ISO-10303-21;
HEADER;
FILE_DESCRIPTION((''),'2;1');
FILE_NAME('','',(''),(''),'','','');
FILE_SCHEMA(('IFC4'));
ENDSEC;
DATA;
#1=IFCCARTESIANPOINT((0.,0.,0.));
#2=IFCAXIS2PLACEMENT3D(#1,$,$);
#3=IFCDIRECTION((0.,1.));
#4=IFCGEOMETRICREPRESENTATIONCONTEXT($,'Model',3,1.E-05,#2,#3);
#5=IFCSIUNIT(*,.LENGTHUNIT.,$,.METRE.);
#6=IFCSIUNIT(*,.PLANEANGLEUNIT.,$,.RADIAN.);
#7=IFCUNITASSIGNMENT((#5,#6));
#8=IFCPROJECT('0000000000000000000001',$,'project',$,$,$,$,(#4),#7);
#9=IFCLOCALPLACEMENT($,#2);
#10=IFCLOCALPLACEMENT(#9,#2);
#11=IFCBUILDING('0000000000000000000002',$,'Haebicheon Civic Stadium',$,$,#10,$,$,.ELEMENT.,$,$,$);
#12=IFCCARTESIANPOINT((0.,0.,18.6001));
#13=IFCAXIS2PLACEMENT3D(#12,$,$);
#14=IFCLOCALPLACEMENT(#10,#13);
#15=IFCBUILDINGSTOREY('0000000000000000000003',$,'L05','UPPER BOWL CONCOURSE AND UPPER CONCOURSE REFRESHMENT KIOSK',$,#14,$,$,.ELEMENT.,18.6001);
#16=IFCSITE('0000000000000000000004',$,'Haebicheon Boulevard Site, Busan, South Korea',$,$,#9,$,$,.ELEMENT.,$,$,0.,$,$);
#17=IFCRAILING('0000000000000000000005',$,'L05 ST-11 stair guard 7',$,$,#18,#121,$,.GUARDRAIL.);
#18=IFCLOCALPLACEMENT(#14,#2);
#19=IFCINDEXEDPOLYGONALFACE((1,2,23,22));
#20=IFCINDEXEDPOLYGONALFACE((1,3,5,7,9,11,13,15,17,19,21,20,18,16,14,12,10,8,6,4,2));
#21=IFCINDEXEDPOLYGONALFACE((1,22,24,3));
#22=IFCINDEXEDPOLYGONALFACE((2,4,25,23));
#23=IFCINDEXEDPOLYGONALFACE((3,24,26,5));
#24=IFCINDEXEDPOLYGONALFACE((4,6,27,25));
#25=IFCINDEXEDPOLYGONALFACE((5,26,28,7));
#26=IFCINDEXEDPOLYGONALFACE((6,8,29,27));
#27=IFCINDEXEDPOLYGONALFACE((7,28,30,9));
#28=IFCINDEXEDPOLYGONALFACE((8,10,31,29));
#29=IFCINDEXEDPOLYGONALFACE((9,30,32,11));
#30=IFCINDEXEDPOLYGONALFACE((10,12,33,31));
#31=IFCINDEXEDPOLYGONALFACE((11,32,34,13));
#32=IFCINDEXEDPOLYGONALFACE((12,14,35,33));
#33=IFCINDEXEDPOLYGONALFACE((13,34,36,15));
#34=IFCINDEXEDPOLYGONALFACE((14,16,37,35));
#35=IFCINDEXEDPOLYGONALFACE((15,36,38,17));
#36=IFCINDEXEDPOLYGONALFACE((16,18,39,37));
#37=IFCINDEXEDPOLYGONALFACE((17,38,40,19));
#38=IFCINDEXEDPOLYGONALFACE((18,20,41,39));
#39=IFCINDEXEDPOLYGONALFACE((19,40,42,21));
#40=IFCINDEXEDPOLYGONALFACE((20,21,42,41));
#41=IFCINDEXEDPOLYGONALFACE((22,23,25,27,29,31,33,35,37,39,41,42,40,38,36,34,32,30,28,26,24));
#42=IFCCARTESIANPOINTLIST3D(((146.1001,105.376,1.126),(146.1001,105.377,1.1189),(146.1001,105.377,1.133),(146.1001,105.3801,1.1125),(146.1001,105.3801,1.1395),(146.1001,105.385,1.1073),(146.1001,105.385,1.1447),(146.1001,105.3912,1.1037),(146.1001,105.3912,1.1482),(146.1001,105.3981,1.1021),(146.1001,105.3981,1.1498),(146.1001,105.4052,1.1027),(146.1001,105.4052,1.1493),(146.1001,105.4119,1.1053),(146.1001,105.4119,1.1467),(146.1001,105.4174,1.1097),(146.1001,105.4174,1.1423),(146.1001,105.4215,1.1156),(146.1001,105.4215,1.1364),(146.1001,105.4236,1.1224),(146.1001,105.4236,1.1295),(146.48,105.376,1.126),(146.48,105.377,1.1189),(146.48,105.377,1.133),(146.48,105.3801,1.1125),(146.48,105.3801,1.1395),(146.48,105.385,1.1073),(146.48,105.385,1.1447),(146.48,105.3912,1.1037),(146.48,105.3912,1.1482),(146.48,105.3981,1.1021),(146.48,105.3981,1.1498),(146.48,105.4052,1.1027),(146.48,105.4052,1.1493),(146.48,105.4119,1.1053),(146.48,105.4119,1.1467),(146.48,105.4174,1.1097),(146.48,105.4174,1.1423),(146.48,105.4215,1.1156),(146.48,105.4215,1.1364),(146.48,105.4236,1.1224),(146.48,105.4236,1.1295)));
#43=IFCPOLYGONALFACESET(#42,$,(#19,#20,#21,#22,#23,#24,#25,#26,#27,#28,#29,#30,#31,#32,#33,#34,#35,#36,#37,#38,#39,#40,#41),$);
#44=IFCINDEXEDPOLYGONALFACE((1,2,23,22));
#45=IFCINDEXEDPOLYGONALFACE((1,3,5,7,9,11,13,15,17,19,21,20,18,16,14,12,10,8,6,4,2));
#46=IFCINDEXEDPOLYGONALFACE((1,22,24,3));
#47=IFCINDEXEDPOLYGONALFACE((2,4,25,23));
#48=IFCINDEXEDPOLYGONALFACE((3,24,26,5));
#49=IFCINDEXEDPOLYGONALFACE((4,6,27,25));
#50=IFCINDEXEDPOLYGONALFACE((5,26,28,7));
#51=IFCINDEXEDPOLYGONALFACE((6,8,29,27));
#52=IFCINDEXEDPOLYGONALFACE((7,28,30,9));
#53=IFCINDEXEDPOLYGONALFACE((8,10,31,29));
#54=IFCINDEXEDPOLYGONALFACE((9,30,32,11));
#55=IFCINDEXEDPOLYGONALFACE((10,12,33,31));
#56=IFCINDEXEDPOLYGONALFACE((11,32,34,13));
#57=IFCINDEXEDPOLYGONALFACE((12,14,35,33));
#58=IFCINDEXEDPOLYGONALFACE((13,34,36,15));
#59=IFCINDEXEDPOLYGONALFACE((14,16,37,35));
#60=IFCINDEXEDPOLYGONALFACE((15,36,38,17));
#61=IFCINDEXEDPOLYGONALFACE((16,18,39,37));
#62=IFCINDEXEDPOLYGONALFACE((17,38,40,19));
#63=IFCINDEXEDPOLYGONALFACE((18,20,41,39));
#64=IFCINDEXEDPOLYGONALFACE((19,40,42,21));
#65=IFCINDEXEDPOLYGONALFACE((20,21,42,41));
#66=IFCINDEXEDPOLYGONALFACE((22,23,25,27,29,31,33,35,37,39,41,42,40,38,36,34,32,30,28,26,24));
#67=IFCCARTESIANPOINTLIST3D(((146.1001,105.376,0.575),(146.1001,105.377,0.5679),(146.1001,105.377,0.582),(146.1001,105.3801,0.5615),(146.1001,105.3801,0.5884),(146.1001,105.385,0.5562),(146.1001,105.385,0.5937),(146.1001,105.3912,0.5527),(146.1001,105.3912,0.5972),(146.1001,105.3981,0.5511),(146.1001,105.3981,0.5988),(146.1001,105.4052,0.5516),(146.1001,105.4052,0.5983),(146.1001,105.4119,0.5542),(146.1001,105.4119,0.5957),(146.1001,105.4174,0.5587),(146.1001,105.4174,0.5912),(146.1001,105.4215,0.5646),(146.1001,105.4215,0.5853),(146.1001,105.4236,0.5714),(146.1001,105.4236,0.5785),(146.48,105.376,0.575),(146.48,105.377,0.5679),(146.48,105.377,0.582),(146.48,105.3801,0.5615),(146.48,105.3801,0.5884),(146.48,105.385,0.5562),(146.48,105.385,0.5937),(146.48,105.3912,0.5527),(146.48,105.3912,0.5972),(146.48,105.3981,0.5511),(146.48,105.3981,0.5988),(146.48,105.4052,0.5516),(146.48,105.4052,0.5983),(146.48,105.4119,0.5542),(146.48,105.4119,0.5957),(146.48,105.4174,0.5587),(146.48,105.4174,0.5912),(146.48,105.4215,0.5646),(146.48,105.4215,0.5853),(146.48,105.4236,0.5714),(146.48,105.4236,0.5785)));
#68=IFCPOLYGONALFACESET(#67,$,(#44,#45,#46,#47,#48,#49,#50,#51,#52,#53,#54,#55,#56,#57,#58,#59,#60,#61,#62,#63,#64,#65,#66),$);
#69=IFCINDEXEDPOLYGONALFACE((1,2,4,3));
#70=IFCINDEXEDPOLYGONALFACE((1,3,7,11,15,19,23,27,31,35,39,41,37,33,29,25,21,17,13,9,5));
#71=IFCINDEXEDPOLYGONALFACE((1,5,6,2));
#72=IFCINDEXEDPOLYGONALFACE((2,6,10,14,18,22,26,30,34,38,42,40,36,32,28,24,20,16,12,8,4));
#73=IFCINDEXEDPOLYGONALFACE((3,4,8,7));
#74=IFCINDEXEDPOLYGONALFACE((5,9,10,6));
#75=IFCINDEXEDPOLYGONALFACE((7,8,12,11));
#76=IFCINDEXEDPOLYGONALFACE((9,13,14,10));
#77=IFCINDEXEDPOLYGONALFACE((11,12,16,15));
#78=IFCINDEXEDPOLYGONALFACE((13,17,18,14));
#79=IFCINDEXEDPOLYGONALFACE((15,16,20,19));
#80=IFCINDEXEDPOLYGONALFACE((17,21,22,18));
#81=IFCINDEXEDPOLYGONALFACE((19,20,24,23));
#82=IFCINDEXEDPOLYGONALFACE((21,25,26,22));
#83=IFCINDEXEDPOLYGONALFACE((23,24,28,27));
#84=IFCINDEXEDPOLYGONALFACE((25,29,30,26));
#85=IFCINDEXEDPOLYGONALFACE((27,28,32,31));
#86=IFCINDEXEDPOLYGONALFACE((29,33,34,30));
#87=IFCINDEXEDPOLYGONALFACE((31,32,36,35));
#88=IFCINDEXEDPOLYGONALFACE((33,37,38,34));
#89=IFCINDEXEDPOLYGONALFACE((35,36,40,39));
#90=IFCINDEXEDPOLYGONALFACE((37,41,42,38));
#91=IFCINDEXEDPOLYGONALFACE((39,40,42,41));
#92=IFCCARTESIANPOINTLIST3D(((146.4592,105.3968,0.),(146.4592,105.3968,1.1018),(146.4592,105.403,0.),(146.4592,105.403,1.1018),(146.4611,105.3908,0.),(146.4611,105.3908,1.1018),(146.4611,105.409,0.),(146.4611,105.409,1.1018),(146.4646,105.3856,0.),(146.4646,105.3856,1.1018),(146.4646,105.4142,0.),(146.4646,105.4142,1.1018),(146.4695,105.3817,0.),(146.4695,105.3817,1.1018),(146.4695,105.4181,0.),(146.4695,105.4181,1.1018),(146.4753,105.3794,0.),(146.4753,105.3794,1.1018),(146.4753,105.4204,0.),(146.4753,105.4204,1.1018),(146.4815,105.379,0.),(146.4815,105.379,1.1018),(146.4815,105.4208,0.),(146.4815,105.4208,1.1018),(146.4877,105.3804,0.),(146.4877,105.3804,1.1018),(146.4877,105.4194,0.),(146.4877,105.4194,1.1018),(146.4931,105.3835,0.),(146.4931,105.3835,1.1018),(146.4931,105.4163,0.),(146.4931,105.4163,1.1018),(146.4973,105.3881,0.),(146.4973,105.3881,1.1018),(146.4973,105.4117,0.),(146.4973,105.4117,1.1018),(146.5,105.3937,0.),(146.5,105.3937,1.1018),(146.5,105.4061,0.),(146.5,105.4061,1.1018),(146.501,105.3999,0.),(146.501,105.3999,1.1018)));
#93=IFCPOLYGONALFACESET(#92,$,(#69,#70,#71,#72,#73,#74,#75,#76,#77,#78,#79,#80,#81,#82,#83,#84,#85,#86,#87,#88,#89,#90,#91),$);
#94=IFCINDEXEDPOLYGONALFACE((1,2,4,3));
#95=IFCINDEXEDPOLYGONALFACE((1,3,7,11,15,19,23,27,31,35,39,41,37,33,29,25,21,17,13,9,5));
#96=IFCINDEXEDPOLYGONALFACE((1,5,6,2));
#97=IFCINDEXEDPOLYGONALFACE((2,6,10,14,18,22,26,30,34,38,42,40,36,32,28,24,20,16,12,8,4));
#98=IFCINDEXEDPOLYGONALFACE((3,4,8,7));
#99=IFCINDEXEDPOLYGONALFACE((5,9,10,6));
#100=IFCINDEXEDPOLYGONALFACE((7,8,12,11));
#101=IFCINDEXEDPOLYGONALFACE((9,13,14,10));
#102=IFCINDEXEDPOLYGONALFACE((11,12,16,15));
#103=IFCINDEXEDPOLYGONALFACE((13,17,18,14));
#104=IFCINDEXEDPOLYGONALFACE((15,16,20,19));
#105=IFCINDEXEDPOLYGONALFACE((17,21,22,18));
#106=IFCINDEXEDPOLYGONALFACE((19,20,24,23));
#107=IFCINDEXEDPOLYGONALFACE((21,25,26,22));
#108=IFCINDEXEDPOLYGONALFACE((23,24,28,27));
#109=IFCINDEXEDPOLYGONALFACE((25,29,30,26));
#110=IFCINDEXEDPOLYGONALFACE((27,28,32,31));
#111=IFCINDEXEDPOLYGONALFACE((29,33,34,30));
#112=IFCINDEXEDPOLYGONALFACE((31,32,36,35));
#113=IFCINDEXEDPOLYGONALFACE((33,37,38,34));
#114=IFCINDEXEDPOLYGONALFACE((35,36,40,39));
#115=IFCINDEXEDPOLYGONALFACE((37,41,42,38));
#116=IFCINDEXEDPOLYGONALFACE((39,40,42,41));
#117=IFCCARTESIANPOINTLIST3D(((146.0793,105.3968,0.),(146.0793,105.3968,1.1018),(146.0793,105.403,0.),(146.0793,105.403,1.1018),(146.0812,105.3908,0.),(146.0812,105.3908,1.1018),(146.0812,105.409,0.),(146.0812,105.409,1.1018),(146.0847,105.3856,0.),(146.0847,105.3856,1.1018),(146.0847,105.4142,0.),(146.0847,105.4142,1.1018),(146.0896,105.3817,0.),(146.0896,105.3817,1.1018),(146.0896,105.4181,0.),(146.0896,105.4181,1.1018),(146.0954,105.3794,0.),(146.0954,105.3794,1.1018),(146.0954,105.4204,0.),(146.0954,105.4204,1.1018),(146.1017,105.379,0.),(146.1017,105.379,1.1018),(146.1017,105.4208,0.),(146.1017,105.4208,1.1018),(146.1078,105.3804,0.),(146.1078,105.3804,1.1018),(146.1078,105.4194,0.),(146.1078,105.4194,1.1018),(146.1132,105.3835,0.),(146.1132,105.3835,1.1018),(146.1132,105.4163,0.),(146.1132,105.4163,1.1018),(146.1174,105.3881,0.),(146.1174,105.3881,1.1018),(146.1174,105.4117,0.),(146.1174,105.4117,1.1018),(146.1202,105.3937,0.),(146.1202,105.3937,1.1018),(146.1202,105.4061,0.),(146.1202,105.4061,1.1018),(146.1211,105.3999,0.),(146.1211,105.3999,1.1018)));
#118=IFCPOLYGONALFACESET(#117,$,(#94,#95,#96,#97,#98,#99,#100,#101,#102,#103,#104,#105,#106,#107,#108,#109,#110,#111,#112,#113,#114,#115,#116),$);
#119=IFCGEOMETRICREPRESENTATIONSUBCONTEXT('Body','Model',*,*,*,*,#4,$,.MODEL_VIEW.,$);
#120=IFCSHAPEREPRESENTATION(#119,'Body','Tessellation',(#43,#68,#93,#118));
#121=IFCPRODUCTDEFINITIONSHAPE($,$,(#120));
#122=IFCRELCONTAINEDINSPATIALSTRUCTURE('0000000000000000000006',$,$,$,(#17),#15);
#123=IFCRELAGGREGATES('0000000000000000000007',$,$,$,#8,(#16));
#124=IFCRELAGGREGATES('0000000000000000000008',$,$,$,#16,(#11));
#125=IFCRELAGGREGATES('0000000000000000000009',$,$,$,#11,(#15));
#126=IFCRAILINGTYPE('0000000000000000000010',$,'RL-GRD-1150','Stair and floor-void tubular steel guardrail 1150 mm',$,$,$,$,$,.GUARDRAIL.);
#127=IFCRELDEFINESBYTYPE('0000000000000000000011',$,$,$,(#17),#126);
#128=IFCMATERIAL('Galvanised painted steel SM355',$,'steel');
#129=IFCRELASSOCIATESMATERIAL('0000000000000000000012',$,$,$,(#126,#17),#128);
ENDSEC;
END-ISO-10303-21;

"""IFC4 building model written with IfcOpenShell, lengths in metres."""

from ifc_helpers import new_model, si_unit, direction, frame, origin, origin_2d, place, context, subcontext, project, spatial, circle, extrude, material, type_object, element, save


model = new_model("IFC4")

# Units and contexts
model_context = context("Model", 3, precision=1e-05, world=origin(), true_north=direction((0.0, 1.0)))
body_context = subcontext(model_context, "Body", "Model", "MODEL_VIEW")
ifc_project = project(units=[si_unit("LENGTHUNIT", "METRE"), si_unit("PLANEANGLEUNIT", "RADIAN")], contexts=[model_context])

# Site, building, storey
site_placement = place(None, origin())
site = spatial("IfcSite", under=ifc_project, at=site_placement, Name="Haebicheon Boulevard Site, Busan, South Korea", CompositionType="ELEMENT", RefElevation=0.0)
building_placement = place(site_placement, origin())
building = spatial("IfcBuilding", under=site, at=building_placement, Name="Haebicheon Civic Stadium", CompositionType="ELEMENT")
storey_placement = place(building_placement, frame((0.0, 0.0, 18.6001)))
storey = spatial("IfcBuildingStorey", under=building, at=storey_placement, Name="L05", Description="UPPER BOWL CONCOURSE AND UPPER CONCOURSE REFRESHMENT KIOSK", CompositionType="ELEMENT", Elevation=18.6001)

# Railing
ifc_material_1 = material(Name="Galvanised painted steel SM355", Category="steel")
railing_type_1 = type_object("IfcRailingType", Name="RL-GRD-1150", Description="Stair and floor-void tubular steel guardrail 1150 mm", PredefinedType="GUARDRAIL", material=ifc_material_1)
railing_1_placement = place(storey_placement, frame((146.48, 105.3999, 0.0)))
element("IfcRailing", 1, at=railing_1_placement, inside=storey, type_object=railing_type_1, material=ifc_material_1, Name="L05 ST-11 stair guard 7", PredefinedType="GUARDRAIL", context=body_context, shape_type="SweptSolid", body=[
    extrude(circle(Radius=0.0239, at=origin_2d()), frame((0.0, 0.0, 1.126), z_axis=(-1.0, 0.0, 0.0), x_axis=(0.0, -1.0, 0.0)), (0.0, 0.0, 1.0), 0.3799),
    extrude(circle(Radius=0.0239, at=origin_2d()), frame((0.0, 0.0, 0.575), z_axis=(-1.0, 0.0, 0.0), x_axis=(0.0, -1.0, 0.0)), (0.0, 0.0, 1.0), 0.3799),
    extrude(circle(Radius=0.021, at=origin_2d()), origin(), (0.0, 0.0, 1.0), 1.1018),
    extrude(circle(Radius=0.021, at=origin_2d()), frame((-0.3799, 0.0, 0.0)), (0.0, 0.0, 1.0), 1.1018),
])

save(model, "model.ifc")
